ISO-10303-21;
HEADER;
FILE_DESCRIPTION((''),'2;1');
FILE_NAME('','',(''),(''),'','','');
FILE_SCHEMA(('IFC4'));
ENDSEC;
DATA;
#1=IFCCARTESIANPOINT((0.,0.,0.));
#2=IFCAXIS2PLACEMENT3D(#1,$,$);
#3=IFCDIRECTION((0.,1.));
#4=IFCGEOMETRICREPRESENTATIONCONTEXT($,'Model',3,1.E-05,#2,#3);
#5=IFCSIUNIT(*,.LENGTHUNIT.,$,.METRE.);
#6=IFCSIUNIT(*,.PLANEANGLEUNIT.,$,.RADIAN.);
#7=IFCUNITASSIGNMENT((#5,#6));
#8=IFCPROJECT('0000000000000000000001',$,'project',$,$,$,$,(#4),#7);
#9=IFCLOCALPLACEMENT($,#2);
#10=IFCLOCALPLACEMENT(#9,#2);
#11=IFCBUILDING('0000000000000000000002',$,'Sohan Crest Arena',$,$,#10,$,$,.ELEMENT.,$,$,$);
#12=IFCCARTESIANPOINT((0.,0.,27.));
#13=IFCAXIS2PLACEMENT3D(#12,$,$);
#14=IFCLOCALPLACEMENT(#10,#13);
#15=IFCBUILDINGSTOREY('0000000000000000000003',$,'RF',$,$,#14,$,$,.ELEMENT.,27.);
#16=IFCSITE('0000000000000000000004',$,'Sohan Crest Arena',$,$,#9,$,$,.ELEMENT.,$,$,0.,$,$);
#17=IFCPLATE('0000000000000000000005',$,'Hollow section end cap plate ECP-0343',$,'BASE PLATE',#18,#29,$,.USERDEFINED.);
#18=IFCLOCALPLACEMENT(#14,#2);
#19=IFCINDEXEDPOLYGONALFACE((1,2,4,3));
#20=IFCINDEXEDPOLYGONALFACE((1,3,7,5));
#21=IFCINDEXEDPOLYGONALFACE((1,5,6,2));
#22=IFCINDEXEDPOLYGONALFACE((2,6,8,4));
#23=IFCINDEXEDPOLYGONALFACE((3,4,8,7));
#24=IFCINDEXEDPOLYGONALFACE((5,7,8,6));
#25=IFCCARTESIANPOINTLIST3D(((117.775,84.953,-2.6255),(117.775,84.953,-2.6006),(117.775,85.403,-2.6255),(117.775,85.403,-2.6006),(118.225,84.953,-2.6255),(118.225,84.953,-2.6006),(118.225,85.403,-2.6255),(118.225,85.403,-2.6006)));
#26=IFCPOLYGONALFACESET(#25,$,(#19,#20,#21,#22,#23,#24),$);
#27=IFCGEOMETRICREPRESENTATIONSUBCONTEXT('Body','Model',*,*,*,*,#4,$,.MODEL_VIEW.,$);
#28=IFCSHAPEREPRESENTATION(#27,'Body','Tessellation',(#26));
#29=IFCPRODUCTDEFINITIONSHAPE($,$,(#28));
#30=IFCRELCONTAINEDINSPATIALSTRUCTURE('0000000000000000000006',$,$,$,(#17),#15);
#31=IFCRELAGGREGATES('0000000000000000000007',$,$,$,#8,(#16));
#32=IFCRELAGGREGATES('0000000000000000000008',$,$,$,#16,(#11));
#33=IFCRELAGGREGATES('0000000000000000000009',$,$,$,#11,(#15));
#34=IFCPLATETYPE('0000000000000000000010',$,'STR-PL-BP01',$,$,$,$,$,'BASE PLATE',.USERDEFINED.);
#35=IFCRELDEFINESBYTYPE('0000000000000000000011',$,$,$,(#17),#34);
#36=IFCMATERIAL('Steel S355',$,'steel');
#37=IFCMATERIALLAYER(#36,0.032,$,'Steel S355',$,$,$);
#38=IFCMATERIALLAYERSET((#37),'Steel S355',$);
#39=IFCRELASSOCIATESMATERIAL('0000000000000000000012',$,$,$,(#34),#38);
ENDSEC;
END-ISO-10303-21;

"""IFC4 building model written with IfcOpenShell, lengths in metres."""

from ifc_helpers import new_model, si_unit, direction, frame, origin, origin_2d, place, context, subcontext, project, spatial, rectangle, extrude, material, layer, layer_set, type_object, element, save


model = new_model("IFC4")

# Units and contexts
model_context = context("Model", 3, precision=1e-05, world=origin(), true_north=direction((0.0, 1.0)))
body_context = subcontext(model_context, "Body", "Model", "MODEL_VIEW")
ifc_project = project(units=[si_unit("LENGTHUNIT", "METRE"), si_unit("PLANEANGLEUNIT", "RADIAN")], contexts=[model_context])

# Site, building, storey
site_placement = place(None, origin())
site = spatial("IfcSite", under=ifc_project, at=site_placement, Name="Sohan Crest Arena", CompositionType="ELEMENT", RefElevation=0.0)
building_placement = place(site_placement, origin())
building = spatial("IfcBuilding", under=site, at=building_placement, Name="Sohan Crest Arena", CompositionType="ELEMENT")
storey_placement = place(building_placement, frame((0.0, 0.0, 27.0)))
storey = spatial("IfcBuildingStorey", under=building, at=storey_placement, Name="RF", CompositionType="ELEMENT", Elevation=27.0)

# Shared definitions
ifc_material_1 = material(Name="Steel S355", Category="steel")

# Plate
ifc_layer = layer(ifc_material_1, 0.032, Name="Steel S355")
ifc_layer_set = layer_set([ifc_layer], Name="Steel S355")
plate_type = type_object("IfcPlateType", Name="STR-PL-BP01", ElementType="BASE PLATE", PredefinedType="USERDEFINED", material=ifc_layer_set)
for number, where, z_axis, x_axis, name in (
    (1, (118.0, 85.178, -2.6255), (0.0, 0.0, 1.0), (1.0, 0.0, 0.0), "Hollow section end cap plate ECP-0343"),
):
    element("IfcPlate", number, at=place(storey_placement, frame(where, z_axis=z_axis, x_axis=x_axis)), inside=storey, type_object=plate_type, Name=name, ObjectType="BASE PLATE", PredefinedType="USERDEFINED", context=body_context, shape_type="SweptSolid", body=[
        extrude(rectangle(XDim=0.45, YDim=0.45, at=origin_2d()), origin(), (0.0, 0.0, 1.0), 0.0249),
    ])

save(model, "model.ifc")
